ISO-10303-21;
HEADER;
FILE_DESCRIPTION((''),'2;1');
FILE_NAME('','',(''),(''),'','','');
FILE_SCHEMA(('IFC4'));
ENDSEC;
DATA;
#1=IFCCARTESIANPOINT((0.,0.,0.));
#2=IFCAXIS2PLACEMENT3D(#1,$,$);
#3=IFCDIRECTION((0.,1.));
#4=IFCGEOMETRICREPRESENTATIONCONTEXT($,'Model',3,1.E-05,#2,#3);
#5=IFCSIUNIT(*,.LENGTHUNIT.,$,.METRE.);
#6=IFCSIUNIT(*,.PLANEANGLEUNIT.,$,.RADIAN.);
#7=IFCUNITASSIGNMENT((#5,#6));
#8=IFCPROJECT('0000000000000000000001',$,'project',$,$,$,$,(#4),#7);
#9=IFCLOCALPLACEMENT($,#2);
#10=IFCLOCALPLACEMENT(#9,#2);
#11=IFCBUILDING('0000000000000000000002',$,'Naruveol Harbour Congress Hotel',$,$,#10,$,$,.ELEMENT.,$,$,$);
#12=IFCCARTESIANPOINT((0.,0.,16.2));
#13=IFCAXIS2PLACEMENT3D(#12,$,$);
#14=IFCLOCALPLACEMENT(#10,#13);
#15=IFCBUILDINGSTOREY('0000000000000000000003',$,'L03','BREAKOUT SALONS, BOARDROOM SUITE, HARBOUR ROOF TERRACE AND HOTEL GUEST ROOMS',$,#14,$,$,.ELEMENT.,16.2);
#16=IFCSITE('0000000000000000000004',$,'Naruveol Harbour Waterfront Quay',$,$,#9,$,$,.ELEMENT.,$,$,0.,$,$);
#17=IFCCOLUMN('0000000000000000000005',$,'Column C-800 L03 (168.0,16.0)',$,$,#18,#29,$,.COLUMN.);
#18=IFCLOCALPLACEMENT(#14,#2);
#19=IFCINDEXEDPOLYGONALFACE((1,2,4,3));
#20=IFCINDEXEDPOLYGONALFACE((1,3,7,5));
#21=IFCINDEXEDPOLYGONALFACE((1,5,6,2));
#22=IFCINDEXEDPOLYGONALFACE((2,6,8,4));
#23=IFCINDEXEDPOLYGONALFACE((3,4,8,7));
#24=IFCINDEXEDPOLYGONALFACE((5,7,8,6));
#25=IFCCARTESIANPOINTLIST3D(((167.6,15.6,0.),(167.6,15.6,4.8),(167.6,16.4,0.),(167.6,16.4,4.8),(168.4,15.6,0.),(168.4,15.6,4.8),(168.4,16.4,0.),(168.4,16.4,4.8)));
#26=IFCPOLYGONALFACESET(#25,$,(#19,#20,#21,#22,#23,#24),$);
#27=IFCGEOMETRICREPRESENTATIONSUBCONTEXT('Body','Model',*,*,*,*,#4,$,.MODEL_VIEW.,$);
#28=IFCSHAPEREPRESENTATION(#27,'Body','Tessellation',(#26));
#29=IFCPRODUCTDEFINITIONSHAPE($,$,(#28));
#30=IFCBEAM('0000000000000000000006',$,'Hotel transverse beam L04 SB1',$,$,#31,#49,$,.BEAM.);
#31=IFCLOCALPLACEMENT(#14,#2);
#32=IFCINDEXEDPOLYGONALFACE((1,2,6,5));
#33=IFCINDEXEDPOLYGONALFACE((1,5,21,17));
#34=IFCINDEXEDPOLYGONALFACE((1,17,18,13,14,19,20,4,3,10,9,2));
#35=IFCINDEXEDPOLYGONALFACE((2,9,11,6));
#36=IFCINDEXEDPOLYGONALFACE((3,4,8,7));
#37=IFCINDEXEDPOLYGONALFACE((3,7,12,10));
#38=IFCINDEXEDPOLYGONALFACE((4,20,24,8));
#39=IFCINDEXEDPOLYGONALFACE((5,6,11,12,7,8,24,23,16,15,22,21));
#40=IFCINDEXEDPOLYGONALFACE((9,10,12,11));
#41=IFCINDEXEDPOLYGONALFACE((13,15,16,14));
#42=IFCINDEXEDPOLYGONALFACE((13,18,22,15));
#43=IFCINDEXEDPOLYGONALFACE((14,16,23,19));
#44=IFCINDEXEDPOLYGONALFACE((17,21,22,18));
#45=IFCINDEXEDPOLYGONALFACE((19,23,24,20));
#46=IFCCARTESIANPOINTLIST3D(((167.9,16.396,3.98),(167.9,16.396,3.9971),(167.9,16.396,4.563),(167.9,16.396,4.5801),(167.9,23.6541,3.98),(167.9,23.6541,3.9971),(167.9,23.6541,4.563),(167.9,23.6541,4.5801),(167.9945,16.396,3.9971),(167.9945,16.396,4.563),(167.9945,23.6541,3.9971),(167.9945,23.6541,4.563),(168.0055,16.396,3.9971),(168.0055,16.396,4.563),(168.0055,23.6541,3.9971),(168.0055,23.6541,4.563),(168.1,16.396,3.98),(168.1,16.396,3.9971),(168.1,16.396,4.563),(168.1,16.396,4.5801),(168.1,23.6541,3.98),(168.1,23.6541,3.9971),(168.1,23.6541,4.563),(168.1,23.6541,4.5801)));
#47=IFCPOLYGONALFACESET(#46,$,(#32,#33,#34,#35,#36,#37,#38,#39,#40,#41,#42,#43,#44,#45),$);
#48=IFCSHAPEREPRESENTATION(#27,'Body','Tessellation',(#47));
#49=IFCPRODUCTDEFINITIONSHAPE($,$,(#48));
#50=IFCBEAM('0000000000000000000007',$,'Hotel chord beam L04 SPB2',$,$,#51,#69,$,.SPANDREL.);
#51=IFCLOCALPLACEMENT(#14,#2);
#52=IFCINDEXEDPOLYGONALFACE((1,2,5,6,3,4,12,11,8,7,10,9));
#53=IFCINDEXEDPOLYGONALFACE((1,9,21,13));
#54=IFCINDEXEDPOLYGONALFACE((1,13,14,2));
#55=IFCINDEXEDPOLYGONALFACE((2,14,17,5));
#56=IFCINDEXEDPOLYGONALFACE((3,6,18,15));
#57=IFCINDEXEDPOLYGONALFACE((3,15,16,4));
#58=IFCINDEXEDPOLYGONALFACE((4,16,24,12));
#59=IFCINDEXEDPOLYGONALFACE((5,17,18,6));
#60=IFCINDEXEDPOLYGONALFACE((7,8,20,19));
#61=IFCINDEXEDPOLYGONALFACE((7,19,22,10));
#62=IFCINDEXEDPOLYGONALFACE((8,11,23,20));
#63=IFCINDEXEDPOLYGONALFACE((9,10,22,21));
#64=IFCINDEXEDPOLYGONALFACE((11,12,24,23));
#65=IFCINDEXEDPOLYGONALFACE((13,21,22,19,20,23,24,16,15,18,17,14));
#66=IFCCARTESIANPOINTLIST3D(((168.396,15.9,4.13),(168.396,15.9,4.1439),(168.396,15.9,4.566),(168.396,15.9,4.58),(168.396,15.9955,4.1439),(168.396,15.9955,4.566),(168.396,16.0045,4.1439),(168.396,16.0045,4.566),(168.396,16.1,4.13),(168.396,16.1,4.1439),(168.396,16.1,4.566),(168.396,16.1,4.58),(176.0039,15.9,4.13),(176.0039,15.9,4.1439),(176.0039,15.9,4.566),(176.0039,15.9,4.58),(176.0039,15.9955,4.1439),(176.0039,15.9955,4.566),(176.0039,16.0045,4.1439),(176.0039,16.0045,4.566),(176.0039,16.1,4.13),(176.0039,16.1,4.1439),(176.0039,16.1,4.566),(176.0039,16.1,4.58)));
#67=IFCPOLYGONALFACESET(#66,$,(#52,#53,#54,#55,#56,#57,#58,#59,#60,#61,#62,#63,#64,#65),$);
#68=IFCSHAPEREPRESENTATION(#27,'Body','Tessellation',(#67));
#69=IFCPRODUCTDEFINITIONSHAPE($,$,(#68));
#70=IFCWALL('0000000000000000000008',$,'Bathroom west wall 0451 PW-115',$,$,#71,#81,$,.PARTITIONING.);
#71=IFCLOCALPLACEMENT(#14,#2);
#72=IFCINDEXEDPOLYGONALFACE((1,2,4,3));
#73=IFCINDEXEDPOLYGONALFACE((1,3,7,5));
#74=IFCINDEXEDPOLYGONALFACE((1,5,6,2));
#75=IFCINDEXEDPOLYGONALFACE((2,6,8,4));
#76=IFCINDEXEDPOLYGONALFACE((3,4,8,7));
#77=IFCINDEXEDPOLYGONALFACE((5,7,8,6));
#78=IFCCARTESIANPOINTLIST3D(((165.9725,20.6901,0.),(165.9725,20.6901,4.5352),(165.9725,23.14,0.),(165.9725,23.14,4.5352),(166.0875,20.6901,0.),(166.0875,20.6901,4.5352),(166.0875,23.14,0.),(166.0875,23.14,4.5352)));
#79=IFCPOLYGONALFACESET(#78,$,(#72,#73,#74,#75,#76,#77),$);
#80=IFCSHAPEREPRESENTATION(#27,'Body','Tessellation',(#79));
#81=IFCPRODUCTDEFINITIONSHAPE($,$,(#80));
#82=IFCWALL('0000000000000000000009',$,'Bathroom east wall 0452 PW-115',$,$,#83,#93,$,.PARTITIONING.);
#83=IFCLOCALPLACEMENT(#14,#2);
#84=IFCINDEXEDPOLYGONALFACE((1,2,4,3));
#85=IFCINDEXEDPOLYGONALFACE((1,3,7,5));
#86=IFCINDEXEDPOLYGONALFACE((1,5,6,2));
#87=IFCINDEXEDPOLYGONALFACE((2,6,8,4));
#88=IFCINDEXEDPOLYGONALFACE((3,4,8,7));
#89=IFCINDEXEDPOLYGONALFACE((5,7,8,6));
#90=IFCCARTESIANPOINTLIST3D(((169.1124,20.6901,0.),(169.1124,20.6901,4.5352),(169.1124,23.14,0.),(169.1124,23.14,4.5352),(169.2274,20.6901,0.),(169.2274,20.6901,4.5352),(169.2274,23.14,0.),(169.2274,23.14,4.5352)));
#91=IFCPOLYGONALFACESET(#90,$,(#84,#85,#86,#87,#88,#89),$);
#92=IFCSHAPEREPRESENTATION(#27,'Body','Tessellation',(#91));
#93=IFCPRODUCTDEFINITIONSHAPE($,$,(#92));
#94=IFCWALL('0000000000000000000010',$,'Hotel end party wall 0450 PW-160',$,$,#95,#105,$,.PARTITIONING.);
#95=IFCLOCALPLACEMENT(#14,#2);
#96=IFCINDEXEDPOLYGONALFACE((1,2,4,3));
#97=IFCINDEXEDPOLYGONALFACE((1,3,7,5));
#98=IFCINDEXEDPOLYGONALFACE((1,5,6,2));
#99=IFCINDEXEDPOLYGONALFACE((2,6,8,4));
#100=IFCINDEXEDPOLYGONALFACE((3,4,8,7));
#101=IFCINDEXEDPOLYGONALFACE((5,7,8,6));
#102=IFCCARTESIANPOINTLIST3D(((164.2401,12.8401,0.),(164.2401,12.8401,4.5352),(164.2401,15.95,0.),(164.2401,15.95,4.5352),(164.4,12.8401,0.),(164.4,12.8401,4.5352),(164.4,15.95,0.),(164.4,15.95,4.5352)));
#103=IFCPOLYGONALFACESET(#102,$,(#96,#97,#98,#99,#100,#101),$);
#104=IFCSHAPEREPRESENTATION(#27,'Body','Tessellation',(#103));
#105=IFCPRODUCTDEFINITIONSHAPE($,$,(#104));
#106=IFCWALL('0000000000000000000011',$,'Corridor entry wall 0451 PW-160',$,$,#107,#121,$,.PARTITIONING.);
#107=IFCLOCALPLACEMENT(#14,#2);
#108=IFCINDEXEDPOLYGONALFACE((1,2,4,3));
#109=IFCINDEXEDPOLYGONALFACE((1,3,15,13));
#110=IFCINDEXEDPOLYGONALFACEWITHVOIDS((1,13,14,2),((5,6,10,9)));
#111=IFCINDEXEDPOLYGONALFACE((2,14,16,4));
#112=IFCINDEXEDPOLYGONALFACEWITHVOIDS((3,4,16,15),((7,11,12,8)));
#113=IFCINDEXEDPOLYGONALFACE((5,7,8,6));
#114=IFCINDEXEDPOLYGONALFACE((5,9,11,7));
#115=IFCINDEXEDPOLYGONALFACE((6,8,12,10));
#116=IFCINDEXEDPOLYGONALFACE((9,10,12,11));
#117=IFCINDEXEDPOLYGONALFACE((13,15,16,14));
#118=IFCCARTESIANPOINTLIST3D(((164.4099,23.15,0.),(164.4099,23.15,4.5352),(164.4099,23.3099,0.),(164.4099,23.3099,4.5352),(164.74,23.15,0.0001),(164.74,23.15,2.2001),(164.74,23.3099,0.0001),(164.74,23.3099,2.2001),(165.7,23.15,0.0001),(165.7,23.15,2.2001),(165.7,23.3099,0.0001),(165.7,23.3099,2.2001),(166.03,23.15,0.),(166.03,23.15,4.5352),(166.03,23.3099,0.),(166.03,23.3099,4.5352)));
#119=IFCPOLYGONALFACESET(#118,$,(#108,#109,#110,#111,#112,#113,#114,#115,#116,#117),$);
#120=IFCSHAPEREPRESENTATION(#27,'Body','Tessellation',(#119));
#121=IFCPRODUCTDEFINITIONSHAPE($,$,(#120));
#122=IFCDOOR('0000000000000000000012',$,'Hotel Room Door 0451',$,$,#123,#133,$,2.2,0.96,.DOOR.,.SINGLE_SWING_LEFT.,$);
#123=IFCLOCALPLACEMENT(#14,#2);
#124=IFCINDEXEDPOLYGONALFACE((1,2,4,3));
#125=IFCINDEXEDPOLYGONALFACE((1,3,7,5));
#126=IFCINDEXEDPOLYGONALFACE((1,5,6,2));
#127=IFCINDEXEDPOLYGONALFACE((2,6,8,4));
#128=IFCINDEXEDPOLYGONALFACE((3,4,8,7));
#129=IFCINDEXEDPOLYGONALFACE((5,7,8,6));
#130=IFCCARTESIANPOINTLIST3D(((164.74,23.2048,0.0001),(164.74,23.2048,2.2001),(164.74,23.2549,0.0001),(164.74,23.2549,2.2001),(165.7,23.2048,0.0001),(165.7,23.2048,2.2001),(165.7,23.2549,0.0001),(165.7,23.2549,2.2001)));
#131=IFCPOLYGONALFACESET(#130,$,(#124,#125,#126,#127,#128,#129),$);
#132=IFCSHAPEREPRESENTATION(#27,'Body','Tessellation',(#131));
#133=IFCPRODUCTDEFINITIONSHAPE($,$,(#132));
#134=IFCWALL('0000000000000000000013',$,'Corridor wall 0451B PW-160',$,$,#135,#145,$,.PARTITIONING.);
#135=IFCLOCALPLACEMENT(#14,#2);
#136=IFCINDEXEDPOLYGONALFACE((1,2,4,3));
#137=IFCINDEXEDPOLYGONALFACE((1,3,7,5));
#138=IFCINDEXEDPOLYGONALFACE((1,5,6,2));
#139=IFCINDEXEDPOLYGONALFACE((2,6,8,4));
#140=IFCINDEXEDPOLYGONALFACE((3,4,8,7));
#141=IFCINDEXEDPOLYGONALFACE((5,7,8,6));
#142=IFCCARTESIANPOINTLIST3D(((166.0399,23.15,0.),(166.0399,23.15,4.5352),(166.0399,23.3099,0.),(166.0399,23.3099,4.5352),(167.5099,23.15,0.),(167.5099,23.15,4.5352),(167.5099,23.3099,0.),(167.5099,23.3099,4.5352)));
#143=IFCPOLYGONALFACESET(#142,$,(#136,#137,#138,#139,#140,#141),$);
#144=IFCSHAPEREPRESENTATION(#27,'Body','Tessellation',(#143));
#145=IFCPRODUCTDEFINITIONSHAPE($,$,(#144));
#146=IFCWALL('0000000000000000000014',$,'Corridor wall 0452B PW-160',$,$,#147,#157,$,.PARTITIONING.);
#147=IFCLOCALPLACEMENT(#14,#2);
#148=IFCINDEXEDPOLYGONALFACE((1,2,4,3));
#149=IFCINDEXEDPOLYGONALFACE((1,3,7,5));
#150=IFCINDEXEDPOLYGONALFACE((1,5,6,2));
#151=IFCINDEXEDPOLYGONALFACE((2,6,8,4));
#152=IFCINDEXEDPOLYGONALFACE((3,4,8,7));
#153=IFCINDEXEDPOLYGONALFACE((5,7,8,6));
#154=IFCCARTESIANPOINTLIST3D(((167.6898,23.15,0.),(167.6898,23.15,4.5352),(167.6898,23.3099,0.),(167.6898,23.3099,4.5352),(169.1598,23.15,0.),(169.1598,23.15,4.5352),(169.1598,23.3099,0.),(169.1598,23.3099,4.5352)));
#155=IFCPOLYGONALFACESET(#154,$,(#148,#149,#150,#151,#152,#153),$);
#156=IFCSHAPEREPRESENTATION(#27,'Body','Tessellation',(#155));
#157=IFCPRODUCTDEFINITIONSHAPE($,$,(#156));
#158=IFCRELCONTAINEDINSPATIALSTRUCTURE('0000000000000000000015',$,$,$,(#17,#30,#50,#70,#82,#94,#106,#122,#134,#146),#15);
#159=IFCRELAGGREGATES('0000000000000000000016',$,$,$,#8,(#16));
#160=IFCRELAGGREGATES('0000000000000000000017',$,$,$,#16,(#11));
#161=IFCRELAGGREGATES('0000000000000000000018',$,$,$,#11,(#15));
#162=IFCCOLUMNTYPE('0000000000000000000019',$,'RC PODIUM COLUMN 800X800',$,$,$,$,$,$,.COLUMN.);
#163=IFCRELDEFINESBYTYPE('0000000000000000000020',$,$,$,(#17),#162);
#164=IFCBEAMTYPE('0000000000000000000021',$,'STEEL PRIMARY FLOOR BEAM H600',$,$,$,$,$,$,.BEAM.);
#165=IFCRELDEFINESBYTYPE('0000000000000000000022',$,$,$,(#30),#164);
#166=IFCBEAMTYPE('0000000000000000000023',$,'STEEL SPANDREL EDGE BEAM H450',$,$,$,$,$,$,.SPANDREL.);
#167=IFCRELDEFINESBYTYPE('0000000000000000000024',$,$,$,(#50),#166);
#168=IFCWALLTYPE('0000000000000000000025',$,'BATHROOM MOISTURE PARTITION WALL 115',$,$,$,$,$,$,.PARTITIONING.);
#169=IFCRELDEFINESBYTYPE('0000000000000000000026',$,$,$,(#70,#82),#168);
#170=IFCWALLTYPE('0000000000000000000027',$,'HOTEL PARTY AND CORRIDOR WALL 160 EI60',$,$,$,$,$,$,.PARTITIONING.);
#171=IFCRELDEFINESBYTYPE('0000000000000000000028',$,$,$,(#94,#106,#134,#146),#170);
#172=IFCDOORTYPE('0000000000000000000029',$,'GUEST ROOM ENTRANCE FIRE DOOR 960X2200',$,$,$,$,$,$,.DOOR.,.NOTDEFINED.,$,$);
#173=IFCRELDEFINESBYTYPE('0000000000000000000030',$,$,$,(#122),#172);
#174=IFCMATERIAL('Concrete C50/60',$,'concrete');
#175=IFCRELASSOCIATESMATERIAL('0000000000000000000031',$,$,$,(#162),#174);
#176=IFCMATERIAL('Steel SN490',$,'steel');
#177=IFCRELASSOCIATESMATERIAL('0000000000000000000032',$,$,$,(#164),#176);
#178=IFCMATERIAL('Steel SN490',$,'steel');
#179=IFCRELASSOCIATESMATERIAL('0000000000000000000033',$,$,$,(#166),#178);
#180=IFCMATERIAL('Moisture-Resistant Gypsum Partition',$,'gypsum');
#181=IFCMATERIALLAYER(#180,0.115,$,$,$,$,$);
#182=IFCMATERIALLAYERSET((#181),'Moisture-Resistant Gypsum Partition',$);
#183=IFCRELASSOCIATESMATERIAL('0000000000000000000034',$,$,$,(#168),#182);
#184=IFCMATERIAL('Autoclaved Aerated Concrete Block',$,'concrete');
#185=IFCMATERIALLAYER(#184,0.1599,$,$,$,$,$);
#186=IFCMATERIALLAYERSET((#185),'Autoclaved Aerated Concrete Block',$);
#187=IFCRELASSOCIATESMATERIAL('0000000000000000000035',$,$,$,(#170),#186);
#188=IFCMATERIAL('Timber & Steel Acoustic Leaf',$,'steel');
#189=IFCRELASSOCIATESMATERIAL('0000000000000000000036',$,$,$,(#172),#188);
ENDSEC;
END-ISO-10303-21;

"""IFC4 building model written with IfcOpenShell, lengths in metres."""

from ifc_helpers import new_model, si_unit, direction, frame, frame_2d, origin, origin_2d, place, context, subcontext, project, spatial, rectangle, i_section, extrude, material, layer, layer_set, material_profile, profile_set, type_object, element, fill, save


model = new_model("IFC4")

# Units and contexts
model_context = context("Model", 3, precision=1e-05, world=origin(), true_north=direction((0.0, 1.0)))
body_context = subcontext(model_context, "Body", "Model", "MODEL_VIEW")
ifc_project = project(units=[si_unit("LENGTHUNIT", "METRE"), si_unit("PLANEANGLEUNIT", "RADIAN")], contexts=[model_context])

# Site, building, storey
site_placement = place(None, origin())
site = spatial("IfcSite", under=ifc_project, at=site_placement, Name="Naruveol Harbour Waterfront Quay", CompositionType="ELEMENT", RefElevation=0.0)
building_placement = place(site_placement, origin())
building = spatial("IfcBuilding", under=site, at=building_placement, Name="Naruveol Harbour Congress Hotel", CompositionType="ELEMENT")
storey_placement = place(building_placement, frame((0.0, 0.0, 16.2)))
storey = spatial("IfcBuildingStorey", under=building, at=storey_placement, Name="L03", Description="BREAKOUT SALONS, BOARDROOM SUITE, HARBOUR ROOF TERRACE AND HOTEL GUEST ROOMS", CompositionType="ELEMENT", Elevation=16.2)

# Column
ifc_material_1 = material(Name="Concrete C50/60", Category="concrete")
ifc_material_profile_1 = material_profile(ifc_material_1, rectangle(XDim=0.8, YDim=0.8, at=origin_2d()), Name="RC-800x800")
ifc_profile_set_1 = profile_set([ifc_material_profile_1], Name="Concrete C50/60")
column_type = type_object("IfcColumnType", Name="RC PODIUM COLUMN 800X800", PredefinedType="COLUMN", material=ifc_profile_set_1)
column_placement = place(storey_placement, frame((168.0, 16.0, 0.0), z_axis=(0.0, 0.0, 1.0), x_axis=(1.0, 0.0, 0.0)))
element("IfcColumn", 1, at=column_placement, inside=storey, type_object=column_type, Name="Column C-800 L03 (168.0,16.0)", PredefinedType="COLUMN", context=body_context, shape_type="SweptSolid", body=[
    extrude(rectangle(XDim=0.8, YDim=0.8, at=origin_2d()), origin(), (0.0, 0.0, 1.0), 4.8),
])

# Beams
ifc_material_2 = material(Name="Steel SN490", Category="steel")
ifc_material_profile_2 = material_profile(ifc_material_2, i_section(OverallWidth=0.2, OverallDepth=0.6001, WebThickness=0.011, FlangeThickness=0.0171, at=origin_2d()), Name="H-600x200x11x17")
ifc_profile_set_2 = profile_set([ifc_material_profile_2], Name="Steel SN490")
beam_type_1 = type_object("IfcBeamType", Name="STEEL PRIMARY FLOOR BEAM H600", PredefinedType="BEAM", material=ifc_profile_set_2)
beam_1_placement = place(storey_placement, frame((168.0, 16.396, 4.28), z_axis=(0.0, 1.0, 0.0), x_axis=(-1.0, 0.0, 0.0)))
element("IfcBeam", 2, at=beam_1_placement, inside=storey, type_object=beam_type_1, Name="Hotel transverse beam L04 SB1", PredefinedType="BEAM", context=body_context, shape_type="SweptSolid", body=[
    extrude(i_section(OverallWidth=0.2, OverallDepth=0.6001, WebThickness=0.011, FlangeThickness=0.0171, at=origin_2d()), origin(), (0.0, 0.0, 1.0), 7.2581),
])
ifc_material_3 = material(Name="Steel SN490", Category="steel")
ifc_material_profile_3 = material_profile(ifc_material_3, i_section(OverallWidth=0.2, OverallDepth=0.45, WebThickness=0.009, FlangeThickness=0.0139, at=origin_2d()), Name="H-450x200x9x14")
ifc_profile_set_3 = profile_set([ifc_material_profile_3], Name="Steel SN490")
beam_type_2 = type_object("IfcBeamType", Name="STEEL SPANDREL EDGE BEAM H450", PredefinedType="SPANDREL", material=ifc_profile_set_3)
beam_2_placement = place(storey_placement, frame((168.396, 16.0, 4.355), z_axis=(1.0, 0.0, 0.0), x_axis=(0.0, 1.0, 0.0)))
element("IfcBeam", 3, at=beam_2_placement, inside=storey, type_object=beam_type_2, Name="Hotel chord beam L04 SPB2", PredefinedType="SPANDREL", context=body_context, shape_type="SweptSolid", body=[
    extrude(i_section(OverallWidth=0.2, OverallDepth=0.45, WebThickness=0.009, FlangeThickness=0.0139, at=origin_2d()), origin(), (0.0, 0.0, 1.0), 7.6079),
])

# Shared definitions
ifc_material_4 = material(Name="Moisture-Resistant Gypsum Partition", Category="gypsum")
ifc_layer_1 = layer(ifc_material_4, 0.115)
ifc_layer_set_1 = layer_set([ifc_layer_1], Name="Moisture-Resistant Gypsum Partition")
wall_type_1 = type_object("IfcWallType", Name="BATHROOM MOISTURE PARTITION WALL 115", PredefinedType="PARTITIONING", material=ifc_layer_set_1)

# Wall
wall_1_placement = place(storey_placement, frame((166.03, 20.6899, 0.0), z_axis=(0.0, 0.0, 1.0), x_axis=(0.0, 1.0, 0.0)))
element("IfcWall", 4, at=wall_1_placement, inside=storey, type_object=wall_type_1, Name="Bathroom west wall 0451 PW-115", PredefinedType="PARTITIONING", context=body_context, shape_type="SweptSolid", body=[
    extrude(rectangle(XDim=2.45, YDim=0.115, at=frame_2d((1.2251, 0.0))), origin(), (0.0, 0.0, 1.0), 4.5352),
])

# Wall
wall_2_placement = place(storey_placement, frame((169.1699, 20.6899, 0.0), z_axis=(0.0, 0.0, 1.0), x_axis=(0.0, 1.0, 0.0)))
element("IfcWall", 5, at=wall_2_placement, inside=storey, type_object=wall_type_1, Name="Bathroom east wall 0452 PW-115", PredefinedType="PARTITIONING", context=body_context, shape_type="SweptSolid", body=[
    extrude(rectangle(XDim=2.45, YDim=0.115, at=frame_2d((1.2251, 0.0))), origin(), (0.0, 0.0, 1.0), 4.5352),
])

# Wall
ifc_material_5 = material(Name="Autoclaved Aerated Concrete Block", Category="concrete")
ifc_layer_2 = layer(ifc_material_5, 0.1599)
ifc_layer_set_2 = layer_set([ifc_layer_2], Name="Autoclaved Aerated Concrete Block")
wall_type_2 = type_object("IfcWallType", Name="HOTEL PARTY AND CORRIDOR WALL 160 EI60", PredefinedType="PARTITIONING", material=ifc_layer_set_2)
wall_3_placement = place(storey_placement, frame((164.3201, 12.8401, 0.0), z_axis=(0.0, 0.0, 1.0), x_axis=(0.0, 1.0, 0.0)))
element("IfcWall", 6, at=wall_3_placement, inside=storey, type_object=wall_type_2, Name="Hotel end party wall 0450 PW-160", PredefinedType="PARTITIONING", context=body_context, shape_type="SweptSolid", body=[
    extrude(rectangle(XDim=3.1099, YDim=0.1599, at=frame_2d((1.5549, 0.0))), origin(), (0.0, 0.0, 1.0), 4.5352),
])

# Wall, opening, door
wall_4_placement = place(storey_placement, frame((164.4099, 23.23, 0.0), z_axis=(0.0, 0.0, 1.0), x_axis=(1.0, 0.0, 0.0)))
wall_4 = element("IfcWall", 7, at=wall_4_placement, inside=storey, type_object=wall_type_2, Name="Corridor entry wall 0451 PW-160", PredefinedType="PARTITIONING", context=body_context, shape_type="SweptSolid", body=[
    extrude(rectangle(XDim=1.6201, YDim=0.1599, at=frame_2d((0.8101, 0.0))), origin(), (0.0, 0.0, 1.0), 4.5352),
])
opening_1_placement = place(wall_4_placement, frame((0.3301, 0.0, 0.0)))
opening_1 = element("IfcOpeningElement", 8, at=opening_1_placement, cuts=wall_4, PredefinedType="OPENING", context=body_context, shape_type="SweptSolid", body=[
    extrude(rectangle(XDim=0.96, YDim=2.2, at=frame_2d((0.48, 1.1001))), frame((0.0, 0.0898, 0.0), z_axis=(0.0, -1.0, 0.0), x_axis=(1.0, 0.0, 0.0)), (0.0, 0.0, 1.0), 0.1799),
])
ifc_material_6 = material(Name="Timber & Steel Acoustic Leaf", Category="steel")
door_type_1 = type_object("IfcDoorType", Name="GUEST ROOM ENTRANCE FIRE DOOR 960X2200", OperationType="NOTDEFINED", PredefinedType="DOOR", material=ifc_material_6)
door_1_placement = place(opening_1_placement, origin())
door_1 = element("IfcDoor", 9, at=door_1_placement, inside=storey, type_object=door_type_1, Name="Hotel Room Door 0451", OperationType="SINGLE_SWING_LEFT", OverallHeight=2.2, OverallWidth=0.96, PredefinedType="DOOR", context=body_context, shape_type="SweptSolid", body=[
    extrude(rectangle(XDim=0.96, YDim=2.2, at=frame_2d((0.48, 1.1001))), frame((0.0, 0.0249, 0.0), z_axis=(0.0, -1.0, 0.0), x_axis=(1.0, 0.0, 0.0)), (0.0, 0.0, 1.0), 0.05),
])
fill(opening_1, door_1)

# Walls
wall_5_placement = place(storey_placement, frame((166.04, 23.23, 0.0), z_axis=(0.0, 0.0, 1.0), x_axis=(1.0, 0.0, 0.0)))
element("IfcWall", 10, at=wall_5_placement, inside=storey, type_object=wall_type_2, Name="Corridor wall 0451B PW-160", PredefinedType="PARTITIONING", context=body_context, shape_type="SweptSolid", body=[
    extrude(rectangle(XDim=1.47, YDim=0.1599, at=frame_2d((0.7349, 0.0))), origin(), (0.0, 0.0, 1.0), 4.5352),
])
wall_6_placement = place(storey_placement, frame((167.6899, 23.23, 0.0), z_axis=(0.0, 0.0, 1.0), x_axis=(1.0, 0.0, 0.0)))
element("IfcWall", 11, at=wall_6_placement, inside=storey, type_object=wall_type_2, Name="Corridor wall 0452B PW-160", PredefinedType="PARTITIONING", context=body_context, shape_type="SweptSolid", body=[
    extrude(rectangle(XDim=1.47, YDim=0.1599, at=frame_2d((0.7349, 0.0))), origin(), (0.0, 0.0, 1.0), 4.5352),
])

save(model, "model.ifc")
